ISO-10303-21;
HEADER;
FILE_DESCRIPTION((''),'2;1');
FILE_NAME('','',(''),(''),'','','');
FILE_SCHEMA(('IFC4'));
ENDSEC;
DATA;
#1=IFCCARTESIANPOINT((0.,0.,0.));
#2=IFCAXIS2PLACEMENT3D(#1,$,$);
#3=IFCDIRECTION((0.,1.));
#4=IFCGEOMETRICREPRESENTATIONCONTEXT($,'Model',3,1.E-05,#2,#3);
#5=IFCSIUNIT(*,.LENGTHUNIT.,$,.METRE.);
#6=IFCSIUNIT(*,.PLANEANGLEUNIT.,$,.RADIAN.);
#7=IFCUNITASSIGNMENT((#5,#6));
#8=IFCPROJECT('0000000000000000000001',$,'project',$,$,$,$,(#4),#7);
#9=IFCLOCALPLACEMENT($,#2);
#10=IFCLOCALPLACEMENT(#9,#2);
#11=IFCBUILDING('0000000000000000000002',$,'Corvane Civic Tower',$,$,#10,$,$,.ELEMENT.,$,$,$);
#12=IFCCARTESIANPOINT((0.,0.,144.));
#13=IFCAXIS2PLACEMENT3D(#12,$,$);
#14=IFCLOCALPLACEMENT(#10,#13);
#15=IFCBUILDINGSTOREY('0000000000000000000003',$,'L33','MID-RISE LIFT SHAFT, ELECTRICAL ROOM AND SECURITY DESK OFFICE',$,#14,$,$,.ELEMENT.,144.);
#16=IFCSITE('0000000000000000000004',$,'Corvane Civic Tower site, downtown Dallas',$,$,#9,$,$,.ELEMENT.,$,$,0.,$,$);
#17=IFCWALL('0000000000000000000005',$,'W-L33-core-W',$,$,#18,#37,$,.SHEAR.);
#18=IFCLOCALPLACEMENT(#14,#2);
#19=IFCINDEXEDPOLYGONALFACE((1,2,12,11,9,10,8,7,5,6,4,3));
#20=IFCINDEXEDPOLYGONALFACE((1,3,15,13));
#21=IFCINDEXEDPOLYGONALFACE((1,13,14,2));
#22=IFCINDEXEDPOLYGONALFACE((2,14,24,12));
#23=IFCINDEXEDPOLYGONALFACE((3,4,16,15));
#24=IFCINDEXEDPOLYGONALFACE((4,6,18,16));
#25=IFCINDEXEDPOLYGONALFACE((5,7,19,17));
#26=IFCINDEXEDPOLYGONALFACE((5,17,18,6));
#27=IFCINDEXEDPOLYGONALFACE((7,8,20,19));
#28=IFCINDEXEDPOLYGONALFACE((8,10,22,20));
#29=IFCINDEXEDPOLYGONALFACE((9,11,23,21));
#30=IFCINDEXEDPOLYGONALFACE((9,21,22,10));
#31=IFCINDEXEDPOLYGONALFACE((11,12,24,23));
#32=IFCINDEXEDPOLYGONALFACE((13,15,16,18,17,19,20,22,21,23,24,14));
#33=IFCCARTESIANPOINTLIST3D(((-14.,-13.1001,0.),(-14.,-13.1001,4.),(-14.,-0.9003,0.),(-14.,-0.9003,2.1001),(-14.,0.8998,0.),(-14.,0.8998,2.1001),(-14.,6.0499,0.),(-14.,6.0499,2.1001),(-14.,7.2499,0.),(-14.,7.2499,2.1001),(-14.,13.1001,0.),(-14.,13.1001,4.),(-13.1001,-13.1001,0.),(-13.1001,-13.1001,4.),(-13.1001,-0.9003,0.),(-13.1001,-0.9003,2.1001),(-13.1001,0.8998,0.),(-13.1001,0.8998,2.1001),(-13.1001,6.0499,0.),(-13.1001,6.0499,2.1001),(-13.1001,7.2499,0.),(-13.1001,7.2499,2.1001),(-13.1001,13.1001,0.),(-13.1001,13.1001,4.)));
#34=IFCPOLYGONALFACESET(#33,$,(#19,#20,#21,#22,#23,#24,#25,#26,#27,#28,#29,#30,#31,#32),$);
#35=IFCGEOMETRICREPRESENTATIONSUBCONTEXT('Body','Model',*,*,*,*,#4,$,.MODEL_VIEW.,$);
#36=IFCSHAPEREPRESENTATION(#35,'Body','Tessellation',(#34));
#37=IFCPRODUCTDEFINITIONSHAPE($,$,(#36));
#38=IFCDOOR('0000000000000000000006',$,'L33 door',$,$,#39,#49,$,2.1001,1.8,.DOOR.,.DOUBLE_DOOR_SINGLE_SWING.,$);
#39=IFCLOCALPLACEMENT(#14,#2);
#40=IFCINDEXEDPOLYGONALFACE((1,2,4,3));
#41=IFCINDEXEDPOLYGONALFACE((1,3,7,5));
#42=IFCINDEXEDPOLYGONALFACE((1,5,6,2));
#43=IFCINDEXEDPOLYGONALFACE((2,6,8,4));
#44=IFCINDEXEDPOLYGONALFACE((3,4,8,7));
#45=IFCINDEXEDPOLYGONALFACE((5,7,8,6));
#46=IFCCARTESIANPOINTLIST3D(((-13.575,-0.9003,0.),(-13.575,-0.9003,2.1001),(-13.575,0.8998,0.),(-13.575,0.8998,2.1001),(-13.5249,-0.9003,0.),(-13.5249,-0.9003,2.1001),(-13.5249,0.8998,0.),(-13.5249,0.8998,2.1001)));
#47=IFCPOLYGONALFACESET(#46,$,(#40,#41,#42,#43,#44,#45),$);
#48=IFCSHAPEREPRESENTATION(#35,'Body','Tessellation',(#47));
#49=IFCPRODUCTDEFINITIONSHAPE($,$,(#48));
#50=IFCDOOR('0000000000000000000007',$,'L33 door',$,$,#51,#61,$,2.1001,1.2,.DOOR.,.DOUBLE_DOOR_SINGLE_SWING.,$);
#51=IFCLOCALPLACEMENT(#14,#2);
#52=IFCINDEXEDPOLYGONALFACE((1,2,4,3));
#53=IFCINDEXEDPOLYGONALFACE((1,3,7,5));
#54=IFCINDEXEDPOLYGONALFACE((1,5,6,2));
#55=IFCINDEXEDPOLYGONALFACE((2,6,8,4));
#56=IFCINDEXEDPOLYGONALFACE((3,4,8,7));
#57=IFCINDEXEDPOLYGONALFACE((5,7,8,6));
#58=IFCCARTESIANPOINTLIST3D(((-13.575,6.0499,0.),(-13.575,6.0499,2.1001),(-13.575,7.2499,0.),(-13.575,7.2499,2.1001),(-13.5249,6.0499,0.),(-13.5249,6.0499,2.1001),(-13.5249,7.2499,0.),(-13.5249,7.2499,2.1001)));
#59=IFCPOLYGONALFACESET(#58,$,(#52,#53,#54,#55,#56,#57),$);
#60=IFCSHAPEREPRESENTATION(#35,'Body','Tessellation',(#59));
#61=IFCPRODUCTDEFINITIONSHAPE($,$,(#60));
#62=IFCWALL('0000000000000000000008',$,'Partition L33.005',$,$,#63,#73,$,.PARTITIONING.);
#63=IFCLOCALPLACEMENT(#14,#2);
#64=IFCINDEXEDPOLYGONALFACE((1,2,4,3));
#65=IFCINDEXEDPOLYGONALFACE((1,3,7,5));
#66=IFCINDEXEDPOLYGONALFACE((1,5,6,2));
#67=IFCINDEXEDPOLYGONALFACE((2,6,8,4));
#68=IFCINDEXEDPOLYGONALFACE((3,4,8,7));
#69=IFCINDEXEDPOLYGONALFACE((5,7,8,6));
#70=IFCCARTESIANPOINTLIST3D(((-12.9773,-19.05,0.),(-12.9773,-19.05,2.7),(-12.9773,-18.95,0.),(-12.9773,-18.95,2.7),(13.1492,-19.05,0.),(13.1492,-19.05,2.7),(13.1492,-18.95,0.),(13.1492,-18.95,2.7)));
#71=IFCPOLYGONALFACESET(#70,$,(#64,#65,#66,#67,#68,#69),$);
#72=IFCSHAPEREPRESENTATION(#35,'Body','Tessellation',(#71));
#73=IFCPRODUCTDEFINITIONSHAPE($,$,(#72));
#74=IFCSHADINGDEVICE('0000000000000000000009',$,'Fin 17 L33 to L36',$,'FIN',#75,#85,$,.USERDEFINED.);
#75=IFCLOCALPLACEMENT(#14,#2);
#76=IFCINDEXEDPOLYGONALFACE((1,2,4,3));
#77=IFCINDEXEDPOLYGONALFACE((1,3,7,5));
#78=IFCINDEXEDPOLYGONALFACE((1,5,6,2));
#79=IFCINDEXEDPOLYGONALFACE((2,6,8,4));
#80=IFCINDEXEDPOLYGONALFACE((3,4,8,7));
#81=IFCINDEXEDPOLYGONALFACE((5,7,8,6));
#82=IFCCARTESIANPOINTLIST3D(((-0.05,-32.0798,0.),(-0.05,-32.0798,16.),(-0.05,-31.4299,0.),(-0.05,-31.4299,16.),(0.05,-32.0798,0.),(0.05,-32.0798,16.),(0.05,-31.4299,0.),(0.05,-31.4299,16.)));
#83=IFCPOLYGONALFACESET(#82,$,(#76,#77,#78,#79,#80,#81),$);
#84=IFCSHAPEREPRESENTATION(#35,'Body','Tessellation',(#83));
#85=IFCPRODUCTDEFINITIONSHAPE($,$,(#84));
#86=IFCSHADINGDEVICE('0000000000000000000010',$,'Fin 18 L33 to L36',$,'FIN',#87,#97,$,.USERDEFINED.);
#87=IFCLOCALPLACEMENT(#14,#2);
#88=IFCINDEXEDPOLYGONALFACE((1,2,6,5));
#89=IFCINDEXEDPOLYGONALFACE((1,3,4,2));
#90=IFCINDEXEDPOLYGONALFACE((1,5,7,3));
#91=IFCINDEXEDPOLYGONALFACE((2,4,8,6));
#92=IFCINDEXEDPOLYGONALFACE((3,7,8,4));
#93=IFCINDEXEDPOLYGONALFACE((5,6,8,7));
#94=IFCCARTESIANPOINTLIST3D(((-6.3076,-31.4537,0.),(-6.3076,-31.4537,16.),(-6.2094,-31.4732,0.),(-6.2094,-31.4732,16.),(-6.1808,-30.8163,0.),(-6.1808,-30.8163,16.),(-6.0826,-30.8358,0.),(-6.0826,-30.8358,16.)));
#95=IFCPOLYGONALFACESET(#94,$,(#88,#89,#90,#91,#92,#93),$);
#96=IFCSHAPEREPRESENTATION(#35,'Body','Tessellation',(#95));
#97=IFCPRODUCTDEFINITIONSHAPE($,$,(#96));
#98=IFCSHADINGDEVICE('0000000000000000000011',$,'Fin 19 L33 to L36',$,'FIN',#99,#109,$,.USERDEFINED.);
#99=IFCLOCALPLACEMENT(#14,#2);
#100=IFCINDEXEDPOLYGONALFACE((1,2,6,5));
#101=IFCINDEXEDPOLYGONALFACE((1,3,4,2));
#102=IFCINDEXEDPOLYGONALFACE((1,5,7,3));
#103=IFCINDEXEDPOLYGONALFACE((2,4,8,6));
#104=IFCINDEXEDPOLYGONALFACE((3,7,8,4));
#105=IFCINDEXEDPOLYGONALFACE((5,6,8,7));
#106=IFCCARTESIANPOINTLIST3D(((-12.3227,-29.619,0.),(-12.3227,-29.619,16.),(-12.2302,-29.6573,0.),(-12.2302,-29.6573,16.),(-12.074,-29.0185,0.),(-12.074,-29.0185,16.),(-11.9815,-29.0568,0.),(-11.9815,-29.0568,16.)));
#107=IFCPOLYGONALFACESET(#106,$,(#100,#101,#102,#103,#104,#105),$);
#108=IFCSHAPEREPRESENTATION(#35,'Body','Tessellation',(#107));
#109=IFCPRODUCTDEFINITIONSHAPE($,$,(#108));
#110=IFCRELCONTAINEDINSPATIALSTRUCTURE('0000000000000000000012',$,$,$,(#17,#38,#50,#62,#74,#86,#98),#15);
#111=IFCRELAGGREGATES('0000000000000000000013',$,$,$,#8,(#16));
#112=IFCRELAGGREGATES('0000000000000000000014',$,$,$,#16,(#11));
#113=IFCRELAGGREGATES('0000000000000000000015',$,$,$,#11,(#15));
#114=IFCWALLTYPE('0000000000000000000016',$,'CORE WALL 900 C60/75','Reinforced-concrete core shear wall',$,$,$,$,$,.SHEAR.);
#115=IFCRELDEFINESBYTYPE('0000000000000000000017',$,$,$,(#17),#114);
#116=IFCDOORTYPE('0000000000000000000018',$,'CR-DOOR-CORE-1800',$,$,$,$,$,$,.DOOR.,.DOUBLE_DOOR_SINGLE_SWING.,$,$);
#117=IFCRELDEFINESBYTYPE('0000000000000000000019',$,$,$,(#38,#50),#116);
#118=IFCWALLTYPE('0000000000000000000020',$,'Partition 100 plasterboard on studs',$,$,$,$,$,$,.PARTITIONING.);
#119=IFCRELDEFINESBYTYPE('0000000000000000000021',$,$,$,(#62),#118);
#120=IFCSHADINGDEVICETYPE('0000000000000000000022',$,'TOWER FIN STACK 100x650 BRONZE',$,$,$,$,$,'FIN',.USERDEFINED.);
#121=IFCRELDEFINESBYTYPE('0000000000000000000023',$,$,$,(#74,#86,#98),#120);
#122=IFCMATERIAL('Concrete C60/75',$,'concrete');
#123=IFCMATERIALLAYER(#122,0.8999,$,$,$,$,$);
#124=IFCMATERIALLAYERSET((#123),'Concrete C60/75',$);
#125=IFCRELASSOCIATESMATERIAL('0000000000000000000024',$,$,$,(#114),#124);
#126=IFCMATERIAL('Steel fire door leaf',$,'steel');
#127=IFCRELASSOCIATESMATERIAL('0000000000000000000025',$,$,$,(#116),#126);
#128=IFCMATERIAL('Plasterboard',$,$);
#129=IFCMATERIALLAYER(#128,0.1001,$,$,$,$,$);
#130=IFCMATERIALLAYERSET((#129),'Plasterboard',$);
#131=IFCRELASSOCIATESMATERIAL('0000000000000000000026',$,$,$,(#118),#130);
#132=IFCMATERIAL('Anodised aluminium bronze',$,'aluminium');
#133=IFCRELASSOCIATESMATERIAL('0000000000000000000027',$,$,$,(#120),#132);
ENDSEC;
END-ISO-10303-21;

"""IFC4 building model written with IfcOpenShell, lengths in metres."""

from ifc_helpers import new_model, si_unit, direction, frame, frame_2d, origin, origin_2d, place, context, subcontext, project, spatial, rectangle, extrude, material, layer, layer_set, material_profile, profile_set, type_object, element, fill, save


model = new_model("IFC4")

# Units and contexts
model_context = context("Model", 3, precision=1e-05, world=origin(), true_north=direction((0.0, 1.0)))
body_context = subcontext(model_context, "Body", "Model", "MODEL_VIEW")
ifc_project = project(units=[si_unit("LENGTHUNIT", "METRE"), si_unit("PLANEANGLEUNIT", "RADIAN")], contexts=[model_context])

# Site, building, storey
site_placement = place(None, origin())
site = spatial("IfcSite", under=ifc_project, at=site_placement, Name="Corvane Civic Tower site, downtown Dallas", CompositionType="ELEMENT", RefElevation=0.0)
building_placement = place(site_placement, origin())
building = spatial("IfcBuilding", under=site, at=building_placement, Name="Corvane Civic Tower", CompositionType="ELEMENT")
storey_placement = place(building_placement, frame((0.0, 0.0, 144.0)))
storey = spatial("IfcBuildingStorey", under=building, at=storey_placement, Name="L33", Description="MID-RISE LIFT SHAFT, ELECTRICAL ROOM AND SECURITY DESK OFFICE", CompositionType="ELEMENT", Elevation=144.0)

# Wall, openings, doors
ifc_material_1 = material(Name="Concrete C60/75", Category="concrete")
ifc_layer_1 = layer(ifc_material_1, 0.8999)
ifc_layer_set_1 = layer_set([ifc_layer_1], Name="Concrete C60/75")
wall_type_1 = type_object("IfcWallType", Name="CORE WALL 900 C60/75", Description="Reinforced-concrete core shear wall", PredefinedType="SHEAR", material=ifc_layer_set_1)
wall_1_placement = place(storey_placement, frame((-13.55, -13.1001, 0.0), z_axis=(0.0, 0.0, 1.0), x_axis=(0.0, 1.0, 0.0)))
wall_1 = element("IfcWall", 1, at=wall_1_placement, inside=storey, type_object=wall_type_1, Name="W-L33-core-W", PredefinedType="SHEAR", context=body_context, shape_type="SweptSolid", body=[
    extrude(rectangle(XDim=26.2002, YDim=0.8999, at=frame_2d((13.1001, 0.0))), origin(), (0.0, 0.0, 1.0), 4.0),
])
opening_1_placement = place(wall_1_placement, frame((12.2, 0.0, 0.0)))
opening_1 = element("IfcOpeningElement", 2, at=opening_1_placement, cuts=wall_1, PredefinedType="OPENING", context=body_context, shape_type="SweptSolid", body=[
    extrude(rectangle(XDim=1.8, YDim=2.1001, at=frame_2d((0.8999, 1.05))), frame((0.0, 0.46, 0.0), z_axis=(0.0, -1.0, 0.0), x_axis=(1.0, 0.0, 0.0)), (0.0, 0.0, 1.0), 0.9199),
])
opening_2_placement = place(wall_1_placement, frame((19.1499, 0.0, 0.0)))
opening_2 = element("IfcOpeningElement", 3, at=opening_2_placement, cuts=wall_1, PredefinedType="OPENING", context=body_context, shape_type="SweptSolid", body=[
    extrude(rectangle(XDim=1.2, YDim=2.1001, at=frame_2d((0.6001, 1.05))), frame((0.0, 0.46, 0.0), z_axis=(0.0, -1.0, 0.0), x_axis=(1.0, 0.0, 0.0)), (0.0, 0.0, 1.0), 0.9199),
])
ifc_material_2 = material(Name="Steel fire door leaf", Category="steel")
door_type = type_object("IfcDoorType", Name="CR-DOOR-CORE-1800", OperationType="DOUBLE_DOOR_SINGLE_SWING", PredefinedType="DOOR", material=ifc_material_2)
door_1_placement = place(opening_1_placement, origin())
door_1 = element("IfcDoor", 4, at=door_1_placement, inside=storey, type_object=door_type, Name="L33 door", OperationType="DOUBLE_DOOR_SINGLE_SWING", OverallHeight=2.1001, OverallWidth=1.8, PredefinedType="DOOR", context=body_context, shape_type="SweptSolid", body=[
    extrude(rectangle(XDim=1.8, YDim=2.1001, at=frame_2d((0.8999, 1.05))), frame((0.0, 0.0249, 0.0), z_axis=(0.0, -1.0, 0.0), x_axis=(1.0, 0.0, 0.0)), (0.0, 0.0, 1.0), 0.05),
])
fill(opening_1, door_1)
door_2_placement = place(opening_2_placement, origin())
door_2 = element("IfcDoor", 5, at=door_2_placement, inside=storey, type_object=door_type, Name="L33 door", OperationType="DOUBLE_DOOR_SINGLE_SWING", OverallHeight=2.1001, OverallWidth=1.2, PredefinedType="DOOR", context=body_context, shape_type="SweptSolid", body=[
    extrude(rectangle(XDim=1.2, YDim=2.1001, at=frame_2d((0.6001, 1.05))), frame((0.0, 0.0249, 0.0), z_axis=(0.0, -1.0, 0.0), x_axis=(1.0, 0.0, 0.0)), (0.0, 0.0, 1.0), 0.05),
])
fill(opening_2, door_2)

# Wall
ifc_material_3 = material(Name="Plasterboard")
ifc_layer_2 = layer(ifc_material_3, 0.1001)
ifc_layer_set_2 = layer_set([ifc_layer_2], Name="Plasterboard")
wall_type_2 = type_object("IfcWallType", Name="Partition 100 plasterboard on studs", PredefinedType="PARTITIONING", material=ifc_layer_set_2)
wall_2_placement = place(storey_placement, frame((-12.9773, -19.0, 0.0), z_axis=(0.0, 0.0, 1.0), x_axis=(1.0, 0.0, 0.0)))
element("IfcWall", 6, at=wall_2_placement, inside=storey, type_object=wall_type_2, Name="Partition L33.005", PredefinedType="PARTITIONING", context=body_context, shape_type="SweptSolid", body=[
    extrude(rectangle(XDim=26.1265, YDim=0.1001, at=frame_2d((13.0632, 0.0))), origin(), (0.0, 0.0, 1.0), 2.7),
])

# Shading devices
ifc_material_4 = material(Name="Anodised aluminium bronze", Category="aluminium")
ifc_material_profile_1 = material_profile(ifc_material_4, rectangle(XDim=0.1001, YDim=0.6499, at=origin_2d()), Name="TOWER FIN STACK 100x650 BRONZE")
ifc_profile_set_1 = profile_set([ifc_material_profile_1], Name="Anodised aluminium bronze")
shading_device_type = type_object("IfcShadingDeviceType", Name="TOWER FIN STACK 100x650 BRONZE", ElementType="FIN", PredefinedType="USERDEFINED", material=ifc_profile_set_1)
for number, where, z_axis, x_axis, name in (
    (7, (0.0, -31.7549, 0.0), (0.0, 0.0, 1.0), (-1.0, 0.0, 0.0), "Fin 17 L33 to L36"),
    (8, (-6.1951, -31.1448, 0.0), (0.0, 0.0, 1.0), (-0.980785, 0.19509, 0.0), "Fin 18 L33 to L36"),
    (9, (-12.1521, -29.3379, 0.0), (0.0, 0.0, 1.0), (-0.92388, 0.382683, 0.0), "Fin 19 L33 to L36"),
):
    element("IfcShadingDevice", number, at=place(storey_placement, frame(where, z_axis=z_axis, x_axis=x_axis)), inside=storey, type_object=shading_device_type, Name=name, ObjectType="FIN", PredefinedType="USERDEFINED", context=body_context, shape_type="SweptSolid", body=[
        extrude(rectangle(XDim=0.1001, YDim=0.6499, at=origin_2d()), origin(), (0.0, 0.0, 1.0), 16.0),
    ])

save(model, "model.ifc")
